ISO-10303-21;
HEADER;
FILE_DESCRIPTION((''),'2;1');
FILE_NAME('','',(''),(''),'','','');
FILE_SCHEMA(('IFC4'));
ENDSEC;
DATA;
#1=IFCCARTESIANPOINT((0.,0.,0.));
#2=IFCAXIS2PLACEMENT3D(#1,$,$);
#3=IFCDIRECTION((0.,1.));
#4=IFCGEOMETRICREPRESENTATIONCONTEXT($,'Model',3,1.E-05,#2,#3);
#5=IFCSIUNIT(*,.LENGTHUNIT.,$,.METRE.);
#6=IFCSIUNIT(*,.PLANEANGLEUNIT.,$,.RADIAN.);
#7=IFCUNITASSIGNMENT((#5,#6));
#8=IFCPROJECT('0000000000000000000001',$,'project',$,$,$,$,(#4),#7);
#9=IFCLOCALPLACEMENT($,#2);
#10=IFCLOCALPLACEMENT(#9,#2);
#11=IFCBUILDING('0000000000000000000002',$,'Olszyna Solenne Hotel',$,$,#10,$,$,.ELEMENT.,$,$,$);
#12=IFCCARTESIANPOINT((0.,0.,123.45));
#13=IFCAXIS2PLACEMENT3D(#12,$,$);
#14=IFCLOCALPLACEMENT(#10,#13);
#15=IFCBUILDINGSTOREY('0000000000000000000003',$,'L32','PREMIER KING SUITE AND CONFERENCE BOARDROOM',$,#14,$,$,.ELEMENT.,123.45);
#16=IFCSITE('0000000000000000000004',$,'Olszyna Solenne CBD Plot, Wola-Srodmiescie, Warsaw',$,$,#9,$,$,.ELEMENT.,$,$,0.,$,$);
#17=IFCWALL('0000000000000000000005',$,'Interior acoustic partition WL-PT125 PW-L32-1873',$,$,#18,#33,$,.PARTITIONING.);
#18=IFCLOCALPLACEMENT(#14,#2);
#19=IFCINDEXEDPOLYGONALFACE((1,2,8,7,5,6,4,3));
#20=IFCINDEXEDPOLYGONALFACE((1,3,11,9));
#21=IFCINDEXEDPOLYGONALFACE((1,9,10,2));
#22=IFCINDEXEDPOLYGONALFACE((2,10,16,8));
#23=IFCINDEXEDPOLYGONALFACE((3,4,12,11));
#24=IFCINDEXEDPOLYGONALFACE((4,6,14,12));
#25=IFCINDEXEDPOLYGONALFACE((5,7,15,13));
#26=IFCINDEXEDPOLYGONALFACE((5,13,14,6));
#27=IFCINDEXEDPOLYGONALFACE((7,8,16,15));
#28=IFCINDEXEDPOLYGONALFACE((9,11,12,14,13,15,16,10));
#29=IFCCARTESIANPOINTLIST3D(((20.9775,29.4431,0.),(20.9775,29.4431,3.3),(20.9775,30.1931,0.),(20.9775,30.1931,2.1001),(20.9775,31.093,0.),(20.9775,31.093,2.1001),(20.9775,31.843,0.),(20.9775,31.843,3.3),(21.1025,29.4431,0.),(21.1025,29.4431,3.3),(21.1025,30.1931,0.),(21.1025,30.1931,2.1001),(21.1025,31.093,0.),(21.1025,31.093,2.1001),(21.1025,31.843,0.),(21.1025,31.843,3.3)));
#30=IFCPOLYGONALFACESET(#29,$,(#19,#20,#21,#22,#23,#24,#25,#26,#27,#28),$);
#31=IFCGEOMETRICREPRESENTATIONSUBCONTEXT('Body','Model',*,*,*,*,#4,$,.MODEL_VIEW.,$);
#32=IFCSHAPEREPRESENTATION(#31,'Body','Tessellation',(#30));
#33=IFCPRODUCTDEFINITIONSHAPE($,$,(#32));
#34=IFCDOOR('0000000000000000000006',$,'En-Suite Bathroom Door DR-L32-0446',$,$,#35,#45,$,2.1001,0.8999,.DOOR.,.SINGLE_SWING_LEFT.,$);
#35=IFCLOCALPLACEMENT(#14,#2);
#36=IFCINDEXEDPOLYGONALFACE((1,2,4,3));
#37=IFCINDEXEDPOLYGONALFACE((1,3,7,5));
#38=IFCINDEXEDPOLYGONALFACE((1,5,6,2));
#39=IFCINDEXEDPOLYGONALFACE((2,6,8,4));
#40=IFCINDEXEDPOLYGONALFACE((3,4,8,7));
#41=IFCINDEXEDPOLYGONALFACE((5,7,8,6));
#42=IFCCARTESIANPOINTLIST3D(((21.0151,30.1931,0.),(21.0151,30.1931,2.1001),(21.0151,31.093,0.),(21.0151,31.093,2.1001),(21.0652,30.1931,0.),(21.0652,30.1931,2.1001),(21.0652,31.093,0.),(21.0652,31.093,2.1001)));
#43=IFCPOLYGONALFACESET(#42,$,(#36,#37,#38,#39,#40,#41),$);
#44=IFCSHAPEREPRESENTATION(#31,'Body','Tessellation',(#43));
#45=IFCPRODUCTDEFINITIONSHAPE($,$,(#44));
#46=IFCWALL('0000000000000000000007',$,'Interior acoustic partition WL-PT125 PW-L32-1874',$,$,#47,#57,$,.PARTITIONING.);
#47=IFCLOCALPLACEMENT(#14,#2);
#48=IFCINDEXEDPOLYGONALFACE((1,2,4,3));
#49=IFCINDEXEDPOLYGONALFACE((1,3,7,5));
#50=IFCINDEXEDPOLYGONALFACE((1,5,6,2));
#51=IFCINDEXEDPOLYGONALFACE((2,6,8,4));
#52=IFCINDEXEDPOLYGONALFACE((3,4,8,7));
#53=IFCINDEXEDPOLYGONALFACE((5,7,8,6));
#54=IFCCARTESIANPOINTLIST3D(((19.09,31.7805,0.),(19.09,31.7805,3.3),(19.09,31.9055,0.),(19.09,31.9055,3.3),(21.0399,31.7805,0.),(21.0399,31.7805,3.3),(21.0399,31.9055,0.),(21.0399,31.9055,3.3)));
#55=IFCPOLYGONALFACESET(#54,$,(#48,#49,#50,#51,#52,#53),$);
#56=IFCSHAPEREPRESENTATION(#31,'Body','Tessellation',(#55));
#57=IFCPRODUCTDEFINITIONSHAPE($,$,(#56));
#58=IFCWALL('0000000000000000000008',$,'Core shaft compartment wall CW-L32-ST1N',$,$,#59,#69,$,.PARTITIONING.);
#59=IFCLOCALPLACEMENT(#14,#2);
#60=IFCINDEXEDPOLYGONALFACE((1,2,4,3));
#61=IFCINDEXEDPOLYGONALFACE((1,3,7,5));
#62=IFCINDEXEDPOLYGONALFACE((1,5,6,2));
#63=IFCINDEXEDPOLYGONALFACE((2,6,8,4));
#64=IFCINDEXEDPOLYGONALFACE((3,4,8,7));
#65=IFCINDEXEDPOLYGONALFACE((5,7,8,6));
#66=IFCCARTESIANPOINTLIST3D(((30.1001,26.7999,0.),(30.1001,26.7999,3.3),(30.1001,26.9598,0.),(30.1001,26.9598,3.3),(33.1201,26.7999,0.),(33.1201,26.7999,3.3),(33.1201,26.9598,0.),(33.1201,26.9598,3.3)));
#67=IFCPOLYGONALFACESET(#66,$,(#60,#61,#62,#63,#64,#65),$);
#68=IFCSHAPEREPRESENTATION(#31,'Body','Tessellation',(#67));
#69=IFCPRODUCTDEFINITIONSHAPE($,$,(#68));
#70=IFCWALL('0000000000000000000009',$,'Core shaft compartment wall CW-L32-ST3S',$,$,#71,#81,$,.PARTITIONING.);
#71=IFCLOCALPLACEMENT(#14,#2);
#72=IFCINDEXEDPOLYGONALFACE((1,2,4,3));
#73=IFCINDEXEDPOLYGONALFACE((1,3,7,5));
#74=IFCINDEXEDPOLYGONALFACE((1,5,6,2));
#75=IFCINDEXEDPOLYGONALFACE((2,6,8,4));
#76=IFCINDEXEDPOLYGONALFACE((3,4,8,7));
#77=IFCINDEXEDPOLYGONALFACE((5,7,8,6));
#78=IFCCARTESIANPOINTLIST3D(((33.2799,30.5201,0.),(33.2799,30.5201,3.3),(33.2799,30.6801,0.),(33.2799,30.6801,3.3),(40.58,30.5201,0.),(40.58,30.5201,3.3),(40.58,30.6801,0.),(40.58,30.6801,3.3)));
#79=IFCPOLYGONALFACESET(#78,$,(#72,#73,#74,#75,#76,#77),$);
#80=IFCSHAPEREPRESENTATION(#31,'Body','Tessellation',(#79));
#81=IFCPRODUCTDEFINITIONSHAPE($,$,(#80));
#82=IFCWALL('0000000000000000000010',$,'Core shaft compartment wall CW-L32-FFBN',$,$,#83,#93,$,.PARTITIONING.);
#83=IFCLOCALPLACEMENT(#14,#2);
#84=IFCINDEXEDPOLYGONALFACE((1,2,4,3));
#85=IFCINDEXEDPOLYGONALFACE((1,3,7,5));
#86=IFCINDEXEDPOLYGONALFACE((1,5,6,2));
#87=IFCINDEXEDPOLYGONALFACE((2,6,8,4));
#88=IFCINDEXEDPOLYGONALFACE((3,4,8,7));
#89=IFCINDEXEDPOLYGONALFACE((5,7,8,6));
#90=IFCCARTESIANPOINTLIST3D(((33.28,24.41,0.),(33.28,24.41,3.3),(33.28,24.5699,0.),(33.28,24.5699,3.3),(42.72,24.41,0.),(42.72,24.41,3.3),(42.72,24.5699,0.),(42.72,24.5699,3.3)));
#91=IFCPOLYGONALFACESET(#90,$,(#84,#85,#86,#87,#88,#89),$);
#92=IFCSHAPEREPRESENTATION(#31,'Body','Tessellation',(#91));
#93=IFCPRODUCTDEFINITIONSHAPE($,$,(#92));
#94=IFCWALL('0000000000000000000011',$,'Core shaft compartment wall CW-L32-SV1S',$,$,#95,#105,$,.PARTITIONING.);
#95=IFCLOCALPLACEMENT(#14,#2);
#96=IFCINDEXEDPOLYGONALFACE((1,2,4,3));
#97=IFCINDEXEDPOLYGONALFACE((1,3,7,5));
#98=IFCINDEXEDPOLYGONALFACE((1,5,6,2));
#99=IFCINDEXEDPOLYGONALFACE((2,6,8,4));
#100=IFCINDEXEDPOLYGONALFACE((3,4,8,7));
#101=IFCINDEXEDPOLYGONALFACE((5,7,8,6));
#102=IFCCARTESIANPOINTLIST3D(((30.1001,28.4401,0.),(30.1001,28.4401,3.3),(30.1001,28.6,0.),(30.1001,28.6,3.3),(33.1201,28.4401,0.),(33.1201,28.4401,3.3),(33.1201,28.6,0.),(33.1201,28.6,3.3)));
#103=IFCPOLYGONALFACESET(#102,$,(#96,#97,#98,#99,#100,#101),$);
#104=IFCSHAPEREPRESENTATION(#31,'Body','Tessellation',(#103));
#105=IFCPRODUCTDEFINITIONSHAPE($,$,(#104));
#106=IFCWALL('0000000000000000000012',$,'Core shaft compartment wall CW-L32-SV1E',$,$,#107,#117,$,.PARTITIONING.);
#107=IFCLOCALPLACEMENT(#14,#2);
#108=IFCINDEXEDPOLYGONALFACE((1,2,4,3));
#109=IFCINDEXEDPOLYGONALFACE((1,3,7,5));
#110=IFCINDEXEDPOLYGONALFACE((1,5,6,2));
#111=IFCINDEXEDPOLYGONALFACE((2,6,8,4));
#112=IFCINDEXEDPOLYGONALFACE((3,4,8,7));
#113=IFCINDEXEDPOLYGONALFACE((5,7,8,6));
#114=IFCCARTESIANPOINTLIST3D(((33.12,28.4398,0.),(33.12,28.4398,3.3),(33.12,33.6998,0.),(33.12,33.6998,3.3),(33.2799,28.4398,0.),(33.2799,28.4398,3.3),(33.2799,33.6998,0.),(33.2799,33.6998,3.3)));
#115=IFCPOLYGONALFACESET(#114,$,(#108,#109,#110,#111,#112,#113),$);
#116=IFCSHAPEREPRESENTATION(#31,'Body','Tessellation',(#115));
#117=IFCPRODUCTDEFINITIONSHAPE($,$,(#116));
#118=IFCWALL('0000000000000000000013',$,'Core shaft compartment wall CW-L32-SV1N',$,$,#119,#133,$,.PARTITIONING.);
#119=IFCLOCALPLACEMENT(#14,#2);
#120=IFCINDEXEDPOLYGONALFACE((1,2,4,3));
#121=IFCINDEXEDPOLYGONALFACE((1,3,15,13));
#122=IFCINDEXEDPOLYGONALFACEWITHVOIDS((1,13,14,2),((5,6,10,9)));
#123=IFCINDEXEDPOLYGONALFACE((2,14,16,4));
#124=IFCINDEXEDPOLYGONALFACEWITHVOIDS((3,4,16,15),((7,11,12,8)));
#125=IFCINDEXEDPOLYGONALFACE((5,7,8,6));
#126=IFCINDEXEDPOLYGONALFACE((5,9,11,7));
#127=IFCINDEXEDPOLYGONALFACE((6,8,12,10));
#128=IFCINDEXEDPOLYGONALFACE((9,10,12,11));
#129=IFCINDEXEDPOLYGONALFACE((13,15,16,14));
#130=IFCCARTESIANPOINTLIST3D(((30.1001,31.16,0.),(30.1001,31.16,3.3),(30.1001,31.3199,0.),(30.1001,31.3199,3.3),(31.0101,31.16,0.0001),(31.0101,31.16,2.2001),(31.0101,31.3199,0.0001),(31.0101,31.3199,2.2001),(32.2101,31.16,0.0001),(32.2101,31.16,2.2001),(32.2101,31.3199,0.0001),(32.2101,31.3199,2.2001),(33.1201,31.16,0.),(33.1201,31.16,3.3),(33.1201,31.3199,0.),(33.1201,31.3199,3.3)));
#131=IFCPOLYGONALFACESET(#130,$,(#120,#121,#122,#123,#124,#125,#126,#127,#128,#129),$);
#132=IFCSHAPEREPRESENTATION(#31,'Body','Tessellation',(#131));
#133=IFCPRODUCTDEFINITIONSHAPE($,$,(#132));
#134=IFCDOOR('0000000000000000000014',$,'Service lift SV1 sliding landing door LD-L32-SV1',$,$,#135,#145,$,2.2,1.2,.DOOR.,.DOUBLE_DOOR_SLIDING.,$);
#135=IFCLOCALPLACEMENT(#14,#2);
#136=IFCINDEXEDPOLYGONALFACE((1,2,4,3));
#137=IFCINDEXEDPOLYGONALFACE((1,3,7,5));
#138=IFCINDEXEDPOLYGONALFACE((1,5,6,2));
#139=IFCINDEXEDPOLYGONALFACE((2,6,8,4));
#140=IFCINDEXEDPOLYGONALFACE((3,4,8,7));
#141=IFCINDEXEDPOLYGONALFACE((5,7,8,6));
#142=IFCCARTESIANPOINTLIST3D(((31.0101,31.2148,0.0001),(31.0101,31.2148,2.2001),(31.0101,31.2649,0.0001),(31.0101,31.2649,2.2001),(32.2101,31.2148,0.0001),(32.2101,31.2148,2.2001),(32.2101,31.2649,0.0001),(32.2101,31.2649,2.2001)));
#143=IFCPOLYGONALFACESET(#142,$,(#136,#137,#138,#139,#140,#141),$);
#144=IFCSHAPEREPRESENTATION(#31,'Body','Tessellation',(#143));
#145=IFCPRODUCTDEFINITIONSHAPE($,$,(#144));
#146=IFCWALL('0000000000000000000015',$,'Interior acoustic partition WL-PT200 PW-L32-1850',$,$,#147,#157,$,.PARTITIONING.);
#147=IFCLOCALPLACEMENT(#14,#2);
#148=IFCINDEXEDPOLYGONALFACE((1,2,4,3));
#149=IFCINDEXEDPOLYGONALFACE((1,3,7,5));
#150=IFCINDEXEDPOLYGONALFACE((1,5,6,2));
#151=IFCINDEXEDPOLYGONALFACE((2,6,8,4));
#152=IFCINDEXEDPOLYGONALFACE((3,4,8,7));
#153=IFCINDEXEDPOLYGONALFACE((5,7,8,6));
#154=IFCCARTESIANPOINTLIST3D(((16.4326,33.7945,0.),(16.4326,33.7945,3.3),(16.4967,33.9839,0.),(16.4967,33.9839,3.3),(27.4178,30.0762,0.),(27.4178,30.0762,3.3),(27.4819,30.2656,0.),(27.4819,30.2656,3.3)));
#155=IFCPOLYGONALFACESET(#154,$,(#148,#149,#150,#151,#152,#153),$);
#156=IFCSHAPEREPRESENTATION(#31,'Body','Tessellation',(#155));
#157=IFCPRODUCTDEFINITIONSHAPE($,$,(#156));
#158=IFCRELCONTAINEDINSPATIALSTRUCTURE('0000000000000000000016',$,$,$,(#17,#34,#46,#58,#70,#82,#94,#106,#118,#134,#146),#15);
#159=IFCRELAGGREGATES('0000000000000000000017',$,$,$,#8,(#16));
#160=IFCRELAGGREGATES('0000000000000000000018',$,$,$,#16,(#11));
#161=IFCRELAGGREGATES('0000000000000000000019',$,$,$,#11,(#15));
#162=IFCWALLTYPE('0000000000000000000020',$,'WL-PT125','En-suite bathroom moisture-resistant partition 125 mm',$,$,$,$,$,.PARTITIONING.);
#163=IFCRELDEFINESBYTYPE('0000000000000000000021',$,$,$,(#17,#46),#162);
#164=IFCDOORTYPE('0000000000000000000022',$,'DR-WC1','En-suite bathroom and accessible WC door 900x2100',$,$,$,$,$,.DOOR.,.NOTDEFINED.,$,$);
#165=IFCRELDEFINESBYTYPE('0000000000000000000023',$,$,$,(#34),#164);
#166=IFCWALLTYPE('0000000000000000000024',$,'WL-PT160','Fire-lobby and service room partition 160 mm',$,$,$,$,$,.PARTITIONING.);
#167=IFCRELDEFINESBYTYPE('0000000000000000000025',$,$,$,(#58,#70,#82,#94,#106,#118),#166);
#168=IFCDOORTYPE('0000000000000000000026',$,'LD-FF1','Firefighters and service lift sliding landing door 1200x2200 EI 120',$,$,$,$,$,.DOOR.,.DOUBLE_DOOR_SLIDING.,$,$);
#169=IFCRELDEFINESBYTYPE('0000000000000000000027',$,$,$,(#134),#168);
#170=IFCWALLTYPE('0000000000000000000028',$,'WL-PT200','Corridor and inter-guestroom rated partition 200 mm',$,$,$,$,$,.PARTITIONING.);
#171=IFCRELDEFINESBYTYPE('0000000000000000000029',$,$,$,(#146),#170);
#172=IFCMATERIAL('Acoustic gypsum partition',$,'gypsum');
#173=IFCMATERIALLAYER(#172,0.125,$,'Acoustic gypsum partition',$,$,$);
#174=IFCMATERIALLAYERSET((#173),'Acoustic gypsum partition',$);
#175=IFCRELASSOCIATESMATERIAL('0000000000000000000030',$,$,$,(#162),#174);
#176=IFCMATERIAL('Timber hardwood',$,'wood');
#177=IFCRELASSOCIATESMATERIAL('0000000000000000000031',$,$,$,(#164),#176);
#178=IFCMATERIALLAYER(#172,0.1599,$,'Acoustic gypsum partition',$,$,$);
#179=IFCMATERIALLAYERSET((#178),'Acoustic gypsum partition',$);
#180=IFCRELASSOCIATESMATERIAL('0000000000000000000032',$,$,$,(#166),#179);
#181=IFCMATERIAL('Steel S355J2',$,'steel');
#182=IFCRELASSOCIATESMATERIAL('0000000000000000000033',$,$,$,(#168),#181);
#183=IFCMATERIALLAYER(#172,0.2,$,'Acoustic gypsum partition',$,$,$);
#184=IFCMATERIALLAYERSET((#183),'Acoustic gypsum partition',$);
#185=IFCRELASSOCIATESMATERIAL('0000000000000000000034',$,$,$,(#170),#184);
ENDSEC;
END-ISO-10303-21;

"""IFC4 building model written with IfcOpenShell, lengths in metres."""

from ifc_helpers import new_model, si_unit, direction, frame, frame_2d, origin, place, context, subcontext, project, spatial, rectangle, extrude, source, transform, mapped, material, layer, layer_set, type_object, type_shapes, element, fill, save


model = new_model("IFC4")

# Units and contexts
model_context = context("Model", 3, precision=1e-05, world=origin(), true_north=direction((0.0, 1.0)))
body_context = subcontext(model_context, "Body", "Model", "MODEL_VIEW")
ifc_project = project(units=[si_unit("LENGTHUNIT", "METRE"), si_unit("PLANEANGLEUNIT", "RADIAN")], contexts=[model_context])

# Site, building, storey
site_placement = place(None, origin())
site = spatial("IfcSite", under=ifc_project, at=site_placement, Name="Olszyna Solenne CBD Plot, Wola-Srodmiescie, Warsaw", CompositionType="ELEMENT", RefElevation=0.0)
building_placement = place(site_placement, origin())
building = spatial("IfcBuilding", under=site, at=building_placement, Name="Olszyna Solenne Hotel", CompositionType="ELEMENT")
storey_placement = place(building_placement, frame((0.0, 0.0, 123.45)))
storey = spatial("IfcBuildingStorey", under=building, at=storey_placement, Name="L32", Description="PREMIER KING SUITE AND CONFERENCE BOARDROOM", CompositionType="ELEMENT", Elevation=123.45)

# Shared definitions
ifc_material_1 = material(Name="Steel S355J2", Category="steel")

# Shared definitions
ifc_material_2 = material(Name="Acoustic gypsum partition", Category="gypsum")
ifc_layer_1 = layer(ifc_material_2, 0.125, Name="Acoustic gypsum partition")
ifc_layer_set_1 = layer_set([ifc_layer_1], Name="Acoustic gypsum partition")
wall_type_1 = type_object("IfcWallType", Name="WL-PT125", Description="En-suite bathroom moisture-resistant partition 125 mm", PredefinedType="PARTITIONING", material=ifc_layer_set_1)
ifc_material_3 = material(Name="Timber hardwood", Category="wood")
door_type_1 = type_object("IfcDoorType", Name="DR-WC1", Description="En-suite bathroom and accessible WC door 900x2100", OperationType="NOTDEFINED", PredefinedType="DOOR", material=ifc_material_3)
shared_shape_1 = source(origin(), body_context, "Body", "SweptSolid", [
    extrude(rectangle(XDim=0.8999, YDim=2.1001, at=frame_2d((0.45, 1.05))), frame((0.0, 0.0249, 0.0), z_axis=(0.0, -1.0, 0.0), x_axis=(1.0, 0.0, 0.0)), (0.0, 0.0, 1.0), 0.05),
])
type_shapes(door_type_1, [shared_shape_1])

# Wall, opening, door
wall_1_placement = place(storey_placement, frame((21.04, 29.4431, 0.0), z_axis=(0.0, 0.0, 1.0), x_axis=(0.0, 1.0, 0.0)))
wall_1 = element("IfcWall", 1, at=wall_1_placement, inside=storey, type_object=wall_type_1, Name="Interior acoustic partition WL-PT125 PW-L32-1873", PredefinedType="PARTITIONING", context=body_context, shape_type="SweptSolid", body=[
    extrude(rectangle(XDim=2.3999, YDim=0.125, at=frame_2d((1.2, 0.0))), origin(), (0.0, 0.0, 1.0), 3.3),
])
opening_1_placement = place(wall_1_placement, frame((0.75, 0.0, 0.0)))
opening_1 = element("IfcOpeningElement", 2, at=opening_1_placement, cuts=wall_1, PredefinedType="OPENING", context=body_context, shape_type="SweptSolid", body=[
    extrude(rectangle(XDim=0.8999, YDim=2.1001, at=frame_2d((0.45, 1.05))), frame((0.0, 0.0725, 0.0), z_axis=(0.0, -1.0, 0.0), x_axis=(1.0, 0.0, 0.0)), (0.0, 0.0, 1.0), 0.145),
])
door_1_placement = place(opening_1_placement, origin())
door_1 = element("IfcDoor", 3, at=door_1_placement, inside=storey, type_object=door_type_1, Name="En-Suite Bathroom Door DR-L32-0446", OperationType="SINGLE_SWING_LEFT", OverallHeight=2.1001, OverallWidth=0.8999, PredefinedType="DOOR", context=body_context, shape_type="MappedRepresentation", body=[
    mapped(shared_shape_1, transform((0.0, 0.0, 0.0), x_axis=(1.0, 0.0, 0.0), y_axis=(0.0, 1.0, 0.0), z_axis=(0.0, 0.0, 1.0), scale=1.0)),
])
fill(opening_1, door_1)

# Walls
wall_2_placement = place(storey_placement, frame((21.04, 31.843, 0.0), z_axis=(0.0, 0.0, 1.0), x_axis=(-1.0, 0.0, 0.0)))
element("IfcWall", 4, at=wall_2_placement, inside=storey, type_object=wall_type_1, Name="Interior acoustic partition WL-PT125 PW-L32-1874", PredefinedType="PARTITIONING", context=body_context, shape_type="SweptSolid", body=[
    extrude(rectangle(XDim=1.95, YDim=0.125, at=frame_2d((0.9751, 0.0))), origin(), (0.0, 0.0, 1.0), 3.3),
])
ifc_layer_2 = layer(ifc_material_2, 0.1599, Name="Acoustic gypsum partition")
ifc_layer_set_2 = layer_set([ifc_layer_2], Name="Acoustic gypsum partition")
wall_type_2 = type_object("IfcWallType", Name="WL-PT160", Description="Fire-lobby and service room partition 160 mm", PredefinedType="PARTITIONING", material=ifc_layer_set_2)
wall_3_placement = place(storey_placement, frame((30.1001, 26.8799, 0.0), z_axis=(0.0, 0.0, 1.0), x_axis=(1.0, 0.0, 0.0)))
element("IfcWall", 5, at=wall_3_placement, inside=storey, type_object=wall_type_2, Name="Core shaft compartment wall CW-L32-ST1N", PredefinedType="PARTITIONING", context=body_context, shape_type="SweptSolid", body=[
    extrude(rectangle(XDim=3.02, YDim=0.1599, at=frame_2d((1.51, 0.0))), origin(), (0.0, 0.0, 1.0), 3.3),
])
wall_4_placement = place(storey_placement, frame((33.28, 30.6001, 0.0), z_axis=(0.0, 0.0, 1.0), x_axis=(1.0, 0.0, 0.0)))
element("IfcWall", 6, at=wall_4_placement, inside=storey, type_object=wall_type_2, Name="Core shaft compartment wall CW-L32-ST3S", PredefinedType="PARTITIONING", context=body_context, shape_type="SweptSolid", body=[
    extrude(rectangle(XDim=7.3, YDim=0.1599, at=frame_2d((3.6499, 0.0))), origin(), (0.0, 0.0, 1.0), 3.3),
])
wall_5_placement = place(storey_placement, frame((33.28, 24.49, 0.0), z_axis=(0.0, 0.0, 1.0), x_axis=(1.0, 0.0, 0.0)))
element("IfcWall", 7, at=wall_5_placement, inside=storey, type_object=wall_type_2, Name="Core shaft compartment wall CW-L32-FFBN", PredefinedType="PARTITIONING", context=body_context, shape_type="SweptSolid", body=[
    extrude(rectangle(XDim=9.4399, YDim=0.1599, at=frame_2d((4.72, 0.0))), origin(), (0.0, 0.0, 1.0), 3.3),
])
wall_6_placement = place(storey_placement, frame((30.1001, 28.52, 0.0), z_axis=(0.0, 0.0, 1.0), x_axis=(1.0, 0.0, 0.0)))
element("IfcWall", 8, at=wall_6_placement, inside=storey, type_object=wall_type_2, Name="Core shaft compartment wall CW-L32-SV1S", PredefinedType="PARTITIONING", context=body_context, shape_type="SweptSolid", body=[
    extrude(rectangle(XDim=3.02, YDim=0.1599, at=frame_2d((1.51, 0.0))), origin(), (0.0, 0.0, 1.0), 3.3),
])
wall_7_placement = place(storey_placement, frame((33.2, 28.4399, 0.0), z_axis=(0.0, 0.0, 1.0), x_axis=(0.0, 1.0, 0.0)))
element("IfcWall", 9, at=wall_7_placement, inside=storey, type_object=wall_type_2, Name="Core shaft compartment wall CW-L32-SV1E", PredefinedType="PARTITIONING", context=body_context, shape_type="SweptSolid", body=[
    extrude(rectangle(XDim=5.26, YDim=0.1599, at=frame_2d((2.6299, 0.0))), origin(), (0.0, 0.0, 1.0), 3.3),
])

# Wall, opening, door
wall_8_placement = place(storey_placement, frame((30.1001, 31.24, 0.0), z_axis=(0.0, 0.0, 1.0), x_axis=(1.0, 0.0, 0.0)))
wall_8 = element("IfcWall", 10, at=wall_8_placement, inside=storey, type_object=wall_type_2, Name="Core shaft compartment wall CW-L32-SV1N", PredefinedType="PARTITIONING", context=body_context, shape_type="SweptSolid", body=[
    extrude(rectangle(XDim=3.02, YDim=0.1599, at=frame_2d((1.51, 0.0))), origin(), (0.0, 0.0, 1.0), 3.3),
])
opening_2_placement = place(wall_8_placement, frame((0.9099, 0.0, 0.0)))
opening_2 = element("IfcOpeningElement", 11, at=opening_2_placement, cuts=wall_8, PredefinedType="OPENING", context=body_context, shape_type="SweptSolid", body=[
    extrude(rectangle(XDim=1.2, YDim=2.2, at=frame_2d((0.6001, 1.1001))), frame((0.0, 0.0898, 0.0), z_axis=(0.0, -1.0, 0.0), x_axis=(1.0, 0.0, 0.0)), (0.0, 0.0, 1.0), 0.1799),
])
door_type_2 = type_object("IfcDoorType", Name="LD-FF1", Description="Firefighters and service lift sliding landing door 1200x2200 EI 120", OperationType="DOUBLE_DOOR_SLIDING", PredefinedType="DOOR", material=ifc_material_1)
shared_shape_2 = source(origin(), body_context, "Body", "SweptSolid", [
    extrude(rectangle(XDim=1.2, YDim=2.2, at=frame_2d((0.6001, 1.1001))), frame((0.0, 0.0249, 0.0), z_axis=(0.0, -1.0, 0.0), x_axis=(1.0, 0.0, 0.0)), (0.0, 0.0, 1.0), 0.05),
])
type_shapes(door_type_2, [shared_shape_2])
door_2_placement = place(opening_2_placement, origin())
door_2 = element("IfcDoor", 12, at=door_2_placement, inside=storey, type_object=door_type_2, Name="Service lift SV1 sliding landing door LD-L32-SV1", OperationType="DOUBLE_DOOR_SLIDING", OverallHeight=2.2, OverallWidth=1.2, PredefinedType="DOOR", context=body_context, shape_type="MappedRepresentation", body=[
    mapped(shared_shape_2, transform((0.0, 0.0, 0.0), x_axis=(1.0, 0.0, 0.0), y_axis=(0.0, 1.0, 0.0), z_axis=(0.0, 0.0, 1.0), scale=1.0)),
])
fill(opening_2, door_2)

# Wall
ifc_layer_3 = layer(ifc_material_2, 0.2, Name="Acoustic gypsum partition")
ifc_layer_set_3 = layer_set([ifc_layer_3], Name="Acoustic gypsum partition")
wall_type_3 = type_object("IfcWallType", Name="WL-PT200", Description="Corridor and inter-guestroom rated partition 200 mm", PredefinedType="PARTITIONING", material=ifc_layer_set_3)
wall_9_placement = place(storey_placement, frame((27.45, 30.1709, 0.0), z_axis=(0.0, 0.0, 1.0), x_axis=(-0.94721, 0.320614, 0.0)))
element("IfcWall", 13, at=wall_9_placement, inside=storey, type_object=wall_type_3, Name="Interior acoustic partition WL-PT200 PW-L32-1850", PredefinedType="PARTITIONING", context=body_context, shape_type="SweptSolid", body=[
    extrude(rectangle(XDim=11.5974, YDim=0.2, at=frame_2d((5.7988, 0.0))), origin(), (0.0, 0.0, 1.0), 3.3),
])

save(model, "model.ifc")
